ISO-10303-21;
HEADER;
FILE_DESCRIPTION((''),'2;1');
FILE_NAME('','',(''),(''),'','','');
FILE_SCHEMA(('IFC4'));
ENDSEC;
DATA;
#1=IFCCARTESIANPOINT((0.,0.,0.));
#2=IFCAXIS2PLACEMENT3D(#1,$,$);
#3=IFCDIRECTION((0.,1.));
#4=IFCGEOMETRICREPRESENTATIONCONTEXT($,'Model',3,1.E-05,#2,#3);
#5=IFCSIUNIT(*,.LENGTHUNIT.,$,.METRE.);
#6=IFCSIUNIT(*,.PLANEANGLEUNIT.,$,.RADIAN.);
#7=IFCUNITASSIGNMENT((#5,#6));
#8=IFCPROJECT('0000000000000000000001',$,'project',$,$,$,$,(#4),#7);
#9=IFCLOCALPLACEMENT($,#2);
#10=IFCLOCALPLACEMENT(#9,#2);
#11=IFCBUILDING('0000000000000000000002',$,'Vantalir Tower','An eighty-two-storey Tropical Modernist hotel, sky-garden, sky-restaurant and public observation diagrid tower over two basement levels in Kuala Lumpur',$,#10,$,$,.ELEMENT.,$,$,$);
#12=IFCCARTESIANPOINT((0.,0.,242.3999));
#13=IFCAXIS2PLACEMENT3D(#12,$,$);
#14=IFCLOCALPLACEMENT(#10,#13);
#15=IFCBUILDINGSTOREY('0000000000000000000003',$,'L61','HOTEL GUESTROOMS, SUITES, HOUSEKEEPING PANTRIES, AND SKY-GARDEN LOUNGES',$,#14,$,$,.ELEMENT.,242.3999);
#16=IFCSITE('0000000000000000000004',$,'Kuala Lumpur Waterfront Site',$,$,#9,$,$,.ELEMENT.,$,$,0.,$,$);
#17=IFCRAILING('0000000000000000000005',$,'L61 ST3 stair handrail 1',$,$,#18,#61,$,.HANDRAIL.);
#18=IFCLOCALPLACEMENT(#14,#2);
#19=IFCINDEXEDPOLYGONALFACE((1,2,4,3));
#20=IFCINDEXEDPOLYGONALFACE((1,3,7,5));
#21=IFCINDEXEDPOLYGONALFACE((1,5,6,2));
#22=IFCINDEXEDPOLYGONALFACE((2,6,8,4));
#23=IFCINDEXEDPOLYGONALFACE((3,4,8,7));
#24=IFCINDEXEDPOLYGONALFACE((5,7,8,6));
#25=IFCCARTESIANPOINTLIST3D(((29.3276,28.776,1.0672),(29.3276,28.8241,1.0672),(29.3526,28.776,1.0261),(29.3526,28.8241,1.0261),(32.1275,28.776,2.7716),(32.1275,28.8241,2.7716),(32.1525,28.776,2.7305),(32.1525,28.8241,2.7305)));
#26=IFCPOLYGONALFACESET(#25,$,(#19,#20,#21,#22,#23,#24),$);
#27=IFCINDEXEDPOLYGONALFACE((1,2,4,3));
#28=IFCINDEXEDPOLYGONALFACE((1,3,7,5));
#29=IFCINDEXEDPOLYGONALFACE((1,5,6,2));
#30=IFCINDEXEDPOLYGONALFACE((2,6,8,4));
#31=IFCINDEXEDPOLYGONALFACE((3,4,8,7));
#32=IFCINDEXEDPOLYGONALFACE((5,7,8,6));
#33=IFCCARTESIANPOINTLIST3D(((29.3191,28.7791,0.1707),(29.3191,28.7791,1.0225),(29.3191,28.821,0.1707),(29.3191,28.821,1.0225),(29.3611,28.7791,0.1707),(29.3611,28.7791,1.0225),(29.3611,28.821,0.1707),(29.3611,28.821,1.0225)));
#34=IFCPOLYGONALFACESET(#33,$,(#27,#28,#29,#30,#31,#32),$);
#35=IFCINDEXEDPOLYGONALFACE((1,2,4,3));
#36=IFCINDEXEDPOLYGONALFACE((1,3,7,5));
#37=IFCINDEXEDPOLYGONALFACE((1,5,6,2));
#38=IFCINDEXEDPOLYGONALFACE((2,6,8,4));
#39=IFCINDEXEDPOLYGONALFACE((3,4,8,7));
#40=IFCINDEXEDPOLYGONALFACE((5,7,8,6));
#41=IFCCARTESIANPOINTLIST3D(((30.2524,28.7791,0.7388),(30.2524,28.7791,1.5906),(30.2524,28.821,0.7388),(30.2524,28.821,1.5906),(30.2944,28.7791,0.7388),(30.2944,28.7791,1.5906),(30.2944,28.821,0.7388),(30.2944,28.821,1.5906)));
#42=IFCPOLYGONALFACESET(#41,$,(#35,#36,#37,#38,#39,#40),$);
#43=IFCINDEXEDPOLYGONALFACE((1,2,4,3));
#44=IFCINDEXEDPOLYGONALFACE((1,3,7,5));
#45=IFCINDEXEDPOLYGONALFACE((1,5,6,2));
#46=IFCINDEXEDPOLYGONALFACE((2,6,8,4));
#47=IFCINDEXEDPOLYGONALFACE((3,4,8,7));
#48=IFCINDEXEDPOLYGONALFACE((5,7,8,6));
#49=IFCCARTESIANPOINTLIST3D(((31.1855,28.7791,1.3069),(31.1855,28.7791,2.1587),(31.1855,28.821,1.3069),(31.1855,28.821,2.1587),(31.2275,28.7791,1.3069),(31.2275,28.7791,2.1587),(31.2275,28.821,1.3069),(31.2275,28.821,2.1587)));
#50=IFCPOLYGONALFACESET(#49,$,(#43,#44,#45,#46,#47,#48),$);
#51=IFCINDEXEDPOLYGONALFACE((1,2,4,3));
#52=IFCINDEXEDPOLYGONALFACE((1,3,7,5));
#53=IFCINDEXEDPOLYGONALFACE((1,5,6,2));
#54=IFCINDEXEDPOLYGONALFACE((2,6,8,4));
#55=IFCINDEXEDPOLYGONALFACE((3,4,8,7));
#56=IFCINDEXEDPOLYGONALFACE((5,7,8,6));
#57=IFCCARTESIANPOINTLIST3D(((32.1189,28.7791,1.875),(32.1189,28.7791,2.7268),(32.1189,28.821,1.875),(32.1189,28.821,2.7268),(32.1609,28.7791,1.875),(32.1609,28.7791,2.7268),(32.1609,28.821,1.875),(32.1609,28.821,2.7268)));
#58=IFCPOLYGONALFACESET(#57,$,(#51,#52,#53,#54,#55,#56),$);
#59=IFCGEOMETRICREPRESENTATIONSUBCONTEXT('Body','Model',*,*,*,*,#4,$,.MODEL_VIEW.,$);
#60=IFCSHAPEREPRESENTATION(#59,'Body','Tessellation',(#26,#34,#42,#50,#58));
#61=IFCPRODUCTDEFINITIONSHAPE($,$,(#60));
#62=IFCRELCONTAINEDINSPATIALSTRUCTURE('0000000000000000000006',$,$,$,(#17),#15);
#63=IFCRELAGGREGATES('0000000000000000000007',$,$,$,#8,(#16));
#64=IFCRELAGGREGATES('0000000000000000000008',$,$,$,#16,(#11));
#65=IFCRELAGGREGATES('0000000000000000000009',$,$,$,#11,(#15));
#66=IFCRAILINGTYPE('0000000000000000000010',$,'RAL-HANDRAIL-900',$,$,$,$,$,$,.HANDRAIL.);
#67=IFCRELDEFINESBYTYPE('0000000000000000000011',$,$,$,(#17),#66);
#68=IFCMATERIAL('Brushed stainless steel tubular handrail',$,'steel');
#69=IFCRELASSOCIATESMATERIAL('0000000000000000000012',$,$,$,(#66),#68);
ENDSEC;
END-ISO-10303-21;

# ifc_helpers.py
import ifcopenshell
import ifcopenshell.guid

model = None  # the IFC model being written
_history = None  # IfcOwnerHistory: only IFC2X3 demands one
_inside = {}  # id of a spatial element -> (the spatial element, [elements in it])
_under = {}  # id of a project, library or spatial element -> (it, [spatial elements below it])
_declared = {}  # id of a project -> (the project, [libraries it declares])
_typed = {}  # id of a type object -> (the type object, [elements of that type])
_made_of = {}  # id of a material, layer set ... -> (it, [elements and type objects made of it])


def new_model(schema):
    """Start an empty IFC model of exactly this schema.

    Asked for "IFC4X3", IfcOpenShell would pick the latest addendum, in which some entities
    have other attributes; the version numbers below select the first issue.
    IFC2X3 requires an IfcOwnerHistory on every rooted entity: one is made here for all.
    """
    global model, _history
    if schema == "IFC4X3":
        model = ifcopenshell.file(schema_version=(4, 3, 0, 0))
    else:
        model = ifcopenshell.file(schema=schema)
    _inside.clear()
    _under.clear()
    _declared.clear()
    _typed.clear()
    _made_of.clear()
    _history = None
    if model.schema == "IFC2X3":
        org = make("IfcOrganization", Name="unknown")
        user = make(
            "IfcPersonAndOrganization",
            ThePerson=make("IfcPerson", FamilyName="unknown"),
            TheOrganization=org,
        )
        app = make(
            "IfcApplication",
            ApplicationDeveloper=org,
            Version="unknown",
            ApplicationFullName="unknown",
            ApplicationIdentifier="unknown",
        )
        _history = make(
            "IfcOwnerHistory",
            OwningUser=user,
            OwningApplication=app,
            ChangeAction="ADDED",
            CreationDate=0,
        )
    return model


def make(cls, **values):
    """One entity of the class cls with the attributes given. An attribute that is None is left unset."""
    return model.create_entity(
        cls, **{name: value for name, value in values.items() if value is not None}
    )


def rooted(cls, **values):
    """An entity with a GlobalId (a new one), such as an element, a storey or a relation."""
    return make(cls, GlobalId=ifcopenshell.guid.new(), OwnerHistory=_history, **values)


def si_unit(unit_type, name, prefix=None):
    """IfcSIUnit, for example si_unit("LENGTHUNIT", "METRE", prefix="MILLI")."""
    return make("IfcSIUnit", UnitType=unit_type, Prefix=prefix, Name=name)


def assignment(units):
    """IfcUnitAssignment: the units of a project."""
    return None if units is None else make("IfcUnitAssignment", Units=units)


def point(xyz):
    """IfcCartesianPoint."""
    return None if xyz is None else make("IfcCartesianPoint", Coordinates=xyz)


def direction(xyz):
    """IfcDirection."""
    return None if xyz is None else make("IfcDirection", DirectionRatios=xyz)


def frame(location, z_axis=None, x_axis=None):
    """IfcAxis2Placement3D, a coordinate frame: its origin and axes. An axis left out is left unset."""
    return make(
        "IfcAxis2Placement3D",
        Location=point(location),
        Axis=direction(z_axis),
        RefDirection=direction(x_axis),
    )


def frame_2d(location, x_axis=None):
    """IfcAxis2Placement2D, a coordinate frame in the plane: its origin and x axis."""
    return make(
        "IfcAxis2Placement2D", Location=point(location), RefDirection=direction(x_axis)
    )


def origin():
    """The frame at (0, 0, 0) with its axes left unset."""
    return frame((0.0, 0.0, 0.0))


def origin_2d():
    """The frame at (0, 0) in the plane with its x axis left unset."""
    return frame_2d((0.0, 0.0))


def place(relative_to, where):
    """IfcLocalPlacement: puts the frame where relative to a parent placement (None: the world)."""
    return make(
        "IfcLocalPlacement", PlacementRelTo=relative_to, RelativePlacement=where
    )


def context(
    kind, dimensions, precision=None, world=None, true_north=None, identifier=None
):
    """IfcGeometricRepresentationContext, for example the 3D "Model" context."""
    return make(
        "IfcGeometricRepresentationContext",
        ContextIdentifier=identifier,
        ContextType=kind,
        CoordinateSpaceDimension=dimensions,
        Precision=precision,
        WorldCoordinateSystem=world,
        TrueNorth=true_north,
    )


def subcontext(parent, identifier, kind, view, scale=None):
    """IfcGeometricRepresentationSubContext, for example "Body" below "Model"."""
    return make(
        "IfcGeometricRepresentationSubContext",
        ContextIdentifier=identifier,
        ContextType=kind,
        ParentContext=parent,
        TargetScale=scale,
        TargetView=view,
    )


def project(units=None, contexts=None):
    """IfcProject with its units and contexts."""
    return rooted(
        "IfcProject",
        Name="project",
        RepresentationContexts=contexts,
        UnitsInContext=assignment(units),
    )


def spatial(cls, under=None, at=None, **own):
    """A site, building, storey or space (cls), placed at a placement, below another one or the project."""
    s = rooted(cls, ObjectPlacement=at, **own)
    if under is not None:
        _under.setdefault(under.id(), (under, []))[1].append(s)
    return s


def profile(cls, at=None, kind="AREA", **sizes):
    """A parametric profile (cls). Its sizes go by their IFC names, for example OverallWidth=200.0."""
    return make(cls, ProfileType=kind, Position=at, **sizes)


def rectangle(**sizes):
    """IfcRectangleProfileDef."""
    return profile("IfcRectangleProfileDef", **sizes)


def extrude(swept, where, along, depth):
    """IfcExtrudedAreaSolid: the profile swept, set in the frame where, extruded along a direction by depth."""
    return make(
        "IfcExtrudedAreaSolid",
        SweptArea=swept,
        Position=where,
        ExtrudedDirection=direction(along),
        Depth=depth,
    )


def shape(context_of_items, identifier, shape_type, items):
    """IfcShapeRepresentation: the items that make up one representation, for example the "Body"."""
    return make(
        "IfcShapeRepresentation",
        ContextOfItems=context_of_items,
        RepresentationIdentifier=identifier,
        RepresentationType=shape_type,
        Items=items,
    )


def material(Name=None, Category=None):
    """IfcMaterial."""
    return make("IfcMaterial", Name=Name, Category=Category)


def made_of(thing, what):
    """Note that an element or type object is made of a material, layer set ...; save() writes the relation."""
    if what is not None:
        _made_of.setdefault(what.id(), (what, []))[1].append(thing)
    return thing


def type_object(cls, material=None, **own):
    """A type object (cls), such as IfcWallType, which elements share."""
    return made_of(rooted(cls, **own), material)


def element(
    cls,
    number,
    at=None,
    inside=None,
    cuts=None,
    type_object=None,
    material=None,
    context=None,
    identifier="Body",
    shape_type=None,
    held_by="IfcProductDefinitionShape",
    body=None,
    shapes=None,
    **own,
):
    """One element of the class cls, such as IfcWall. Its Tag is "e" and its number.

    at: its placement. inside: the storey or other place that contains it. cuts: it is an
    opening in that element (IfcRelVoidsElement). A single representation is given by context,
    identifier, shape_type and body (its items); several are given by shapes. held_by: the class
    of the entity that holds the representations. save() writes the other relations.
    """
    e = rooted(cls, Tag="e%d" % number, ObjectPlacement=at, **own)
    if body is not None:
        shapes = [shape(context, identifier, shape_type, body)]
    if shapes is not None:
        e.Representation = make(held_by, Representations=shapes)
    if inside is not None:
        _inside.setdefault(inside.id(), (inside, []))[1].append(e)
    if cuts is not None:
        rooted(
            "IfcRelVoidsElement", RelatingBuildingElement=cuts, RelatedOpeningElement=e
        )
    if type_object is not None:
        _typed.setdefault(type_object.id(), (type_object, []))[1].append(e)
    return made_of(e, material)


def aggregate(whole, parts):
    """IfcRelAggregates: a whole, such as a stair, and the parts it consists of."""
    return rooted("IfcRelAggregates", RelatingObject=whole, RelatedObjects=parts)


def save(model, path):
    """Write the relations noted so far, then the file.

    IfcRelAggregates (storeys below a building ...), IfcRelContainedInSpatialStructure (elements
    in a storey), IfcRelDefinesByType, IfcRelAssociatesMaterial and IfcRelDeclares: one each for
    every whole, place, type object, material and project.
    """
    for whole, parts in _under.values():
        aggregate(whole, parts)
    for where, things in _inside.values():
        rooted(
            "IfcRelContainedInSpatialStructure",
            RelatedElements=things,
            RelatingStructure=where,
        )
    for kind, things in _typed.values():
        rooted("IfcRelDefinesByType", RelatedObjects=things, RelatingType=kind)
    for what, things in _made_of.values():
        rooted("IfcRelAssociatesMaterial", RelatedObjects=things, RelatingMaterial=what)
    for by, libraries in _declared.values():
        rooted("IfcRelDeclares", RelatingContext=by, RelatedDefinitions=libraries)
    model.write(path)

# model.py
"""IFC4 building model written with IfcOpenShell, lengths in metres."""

from ifc_helpers import new_model, si_unit, direction, frame, origin, origin_2d, place, context, subcontext, project, spatial, rectangle, extrude, material, type_object, element, save


model = new_model("IFC4")

# Units and contexts
model_context = context("Model", 3, precision=1e-05, world=origin(), true_north=direction((0.0, 1.0)))
body_context = subcontext(model_context, "Body", "Model", "MODEL_VIEW")
ifc_project = project(units=[si_unit("LENGTHUNIT", "METRE"), si_unit("PLANEANGLEUNIT", "RADIAN")], contexts=[model_context])

# Site, building, storey
site_placement = place(None, origin())
site = spatial("IfcSite", under=ifc_project, at=site_placement, Name="Kuala Lumpur Waterfront Site", CompositionType="ELEMENT", RefElevation=0.0)
building_placement = place(site_placement, origin())
building = spatial("IfcBuilding", under=site, at=building_placement, Name="Vantalir Tower", Description="An eighty-two-storey Tropical Modernist hotel, sky-garden, sky-restaurant and public observation diagrid tower over two basement levels in Kuala Lumpur", CompositionType="ELEMENT")
storey_placement = place(building_placement, frame((0.0, 0.0, 242.3999)))
storey = spatial("IfcBuildingStorey", under=building, at=storey_placement, Name="L61", Description="HOTEL GUESTROOMS, SUITES, HOUSEKEEPING PANTRIES, AND SKY-GARDEN LOUNGES", CompositionType="ELEMENT", Elevation=242.3999)

# Railing
ifc_material_1 = material(Name="Brushed stainless steel tubular handrail", Category="steel")
railing_type_1 = type_object("IfcRailingType", Name="RAL-HANDRAIL-900", PredefinedType="HANDRAIL", material=ifc_material_1)
railing_1_placement = place(storey_placement, frame((29.3401, 28.8, 0.1707)))
element("IfcRailing", 1, at=railing_1_placement, inside=storey, type_object=railing_type_1, Name="L61 ST3 stair handrail 1", PredefinedType="HANDRAIL", context=body_context, shape_type="SweptSolid", body=[
    extrude(rectangle(XDim=0.0481, YDim=0.0481, at=origin_2d()), frame((0.0, 0.0, 0.876), z_axis=(0.854183, 0.0, 0.519973), x_axis=(0.0, 1.0, 0.0)), (0.0, 0.0, 1.0), 3.2778),
    extrude(rectangle(XDim=0.042, YDim=0.042, at=origin_2d()), origin(), (0.0, 0.0, 1.0), 0.8518),
    extrude(rectangle(XDim=0.042, YDim=0.042, at=origin_2d()), frame((0.9333, 0.0, 0.5681)), (0.0, 0.0, 1.0), 0.8518),
    extrude(rectangle(XDim=0.042, YDim=0.042, at=origin_2d()), frame((1.8665, 0.0, 1.1362)), (0.0, 0.0, 1.0), 0.8518),
    extrude(rectangle(XDim=0.042, YDim=0.042, at=origin_2d()), frame((2.7998, 0.0, 1.7043)), (0.0, 0.0, 1.0), 0.8518),
])

save(model, "model.ifc")
